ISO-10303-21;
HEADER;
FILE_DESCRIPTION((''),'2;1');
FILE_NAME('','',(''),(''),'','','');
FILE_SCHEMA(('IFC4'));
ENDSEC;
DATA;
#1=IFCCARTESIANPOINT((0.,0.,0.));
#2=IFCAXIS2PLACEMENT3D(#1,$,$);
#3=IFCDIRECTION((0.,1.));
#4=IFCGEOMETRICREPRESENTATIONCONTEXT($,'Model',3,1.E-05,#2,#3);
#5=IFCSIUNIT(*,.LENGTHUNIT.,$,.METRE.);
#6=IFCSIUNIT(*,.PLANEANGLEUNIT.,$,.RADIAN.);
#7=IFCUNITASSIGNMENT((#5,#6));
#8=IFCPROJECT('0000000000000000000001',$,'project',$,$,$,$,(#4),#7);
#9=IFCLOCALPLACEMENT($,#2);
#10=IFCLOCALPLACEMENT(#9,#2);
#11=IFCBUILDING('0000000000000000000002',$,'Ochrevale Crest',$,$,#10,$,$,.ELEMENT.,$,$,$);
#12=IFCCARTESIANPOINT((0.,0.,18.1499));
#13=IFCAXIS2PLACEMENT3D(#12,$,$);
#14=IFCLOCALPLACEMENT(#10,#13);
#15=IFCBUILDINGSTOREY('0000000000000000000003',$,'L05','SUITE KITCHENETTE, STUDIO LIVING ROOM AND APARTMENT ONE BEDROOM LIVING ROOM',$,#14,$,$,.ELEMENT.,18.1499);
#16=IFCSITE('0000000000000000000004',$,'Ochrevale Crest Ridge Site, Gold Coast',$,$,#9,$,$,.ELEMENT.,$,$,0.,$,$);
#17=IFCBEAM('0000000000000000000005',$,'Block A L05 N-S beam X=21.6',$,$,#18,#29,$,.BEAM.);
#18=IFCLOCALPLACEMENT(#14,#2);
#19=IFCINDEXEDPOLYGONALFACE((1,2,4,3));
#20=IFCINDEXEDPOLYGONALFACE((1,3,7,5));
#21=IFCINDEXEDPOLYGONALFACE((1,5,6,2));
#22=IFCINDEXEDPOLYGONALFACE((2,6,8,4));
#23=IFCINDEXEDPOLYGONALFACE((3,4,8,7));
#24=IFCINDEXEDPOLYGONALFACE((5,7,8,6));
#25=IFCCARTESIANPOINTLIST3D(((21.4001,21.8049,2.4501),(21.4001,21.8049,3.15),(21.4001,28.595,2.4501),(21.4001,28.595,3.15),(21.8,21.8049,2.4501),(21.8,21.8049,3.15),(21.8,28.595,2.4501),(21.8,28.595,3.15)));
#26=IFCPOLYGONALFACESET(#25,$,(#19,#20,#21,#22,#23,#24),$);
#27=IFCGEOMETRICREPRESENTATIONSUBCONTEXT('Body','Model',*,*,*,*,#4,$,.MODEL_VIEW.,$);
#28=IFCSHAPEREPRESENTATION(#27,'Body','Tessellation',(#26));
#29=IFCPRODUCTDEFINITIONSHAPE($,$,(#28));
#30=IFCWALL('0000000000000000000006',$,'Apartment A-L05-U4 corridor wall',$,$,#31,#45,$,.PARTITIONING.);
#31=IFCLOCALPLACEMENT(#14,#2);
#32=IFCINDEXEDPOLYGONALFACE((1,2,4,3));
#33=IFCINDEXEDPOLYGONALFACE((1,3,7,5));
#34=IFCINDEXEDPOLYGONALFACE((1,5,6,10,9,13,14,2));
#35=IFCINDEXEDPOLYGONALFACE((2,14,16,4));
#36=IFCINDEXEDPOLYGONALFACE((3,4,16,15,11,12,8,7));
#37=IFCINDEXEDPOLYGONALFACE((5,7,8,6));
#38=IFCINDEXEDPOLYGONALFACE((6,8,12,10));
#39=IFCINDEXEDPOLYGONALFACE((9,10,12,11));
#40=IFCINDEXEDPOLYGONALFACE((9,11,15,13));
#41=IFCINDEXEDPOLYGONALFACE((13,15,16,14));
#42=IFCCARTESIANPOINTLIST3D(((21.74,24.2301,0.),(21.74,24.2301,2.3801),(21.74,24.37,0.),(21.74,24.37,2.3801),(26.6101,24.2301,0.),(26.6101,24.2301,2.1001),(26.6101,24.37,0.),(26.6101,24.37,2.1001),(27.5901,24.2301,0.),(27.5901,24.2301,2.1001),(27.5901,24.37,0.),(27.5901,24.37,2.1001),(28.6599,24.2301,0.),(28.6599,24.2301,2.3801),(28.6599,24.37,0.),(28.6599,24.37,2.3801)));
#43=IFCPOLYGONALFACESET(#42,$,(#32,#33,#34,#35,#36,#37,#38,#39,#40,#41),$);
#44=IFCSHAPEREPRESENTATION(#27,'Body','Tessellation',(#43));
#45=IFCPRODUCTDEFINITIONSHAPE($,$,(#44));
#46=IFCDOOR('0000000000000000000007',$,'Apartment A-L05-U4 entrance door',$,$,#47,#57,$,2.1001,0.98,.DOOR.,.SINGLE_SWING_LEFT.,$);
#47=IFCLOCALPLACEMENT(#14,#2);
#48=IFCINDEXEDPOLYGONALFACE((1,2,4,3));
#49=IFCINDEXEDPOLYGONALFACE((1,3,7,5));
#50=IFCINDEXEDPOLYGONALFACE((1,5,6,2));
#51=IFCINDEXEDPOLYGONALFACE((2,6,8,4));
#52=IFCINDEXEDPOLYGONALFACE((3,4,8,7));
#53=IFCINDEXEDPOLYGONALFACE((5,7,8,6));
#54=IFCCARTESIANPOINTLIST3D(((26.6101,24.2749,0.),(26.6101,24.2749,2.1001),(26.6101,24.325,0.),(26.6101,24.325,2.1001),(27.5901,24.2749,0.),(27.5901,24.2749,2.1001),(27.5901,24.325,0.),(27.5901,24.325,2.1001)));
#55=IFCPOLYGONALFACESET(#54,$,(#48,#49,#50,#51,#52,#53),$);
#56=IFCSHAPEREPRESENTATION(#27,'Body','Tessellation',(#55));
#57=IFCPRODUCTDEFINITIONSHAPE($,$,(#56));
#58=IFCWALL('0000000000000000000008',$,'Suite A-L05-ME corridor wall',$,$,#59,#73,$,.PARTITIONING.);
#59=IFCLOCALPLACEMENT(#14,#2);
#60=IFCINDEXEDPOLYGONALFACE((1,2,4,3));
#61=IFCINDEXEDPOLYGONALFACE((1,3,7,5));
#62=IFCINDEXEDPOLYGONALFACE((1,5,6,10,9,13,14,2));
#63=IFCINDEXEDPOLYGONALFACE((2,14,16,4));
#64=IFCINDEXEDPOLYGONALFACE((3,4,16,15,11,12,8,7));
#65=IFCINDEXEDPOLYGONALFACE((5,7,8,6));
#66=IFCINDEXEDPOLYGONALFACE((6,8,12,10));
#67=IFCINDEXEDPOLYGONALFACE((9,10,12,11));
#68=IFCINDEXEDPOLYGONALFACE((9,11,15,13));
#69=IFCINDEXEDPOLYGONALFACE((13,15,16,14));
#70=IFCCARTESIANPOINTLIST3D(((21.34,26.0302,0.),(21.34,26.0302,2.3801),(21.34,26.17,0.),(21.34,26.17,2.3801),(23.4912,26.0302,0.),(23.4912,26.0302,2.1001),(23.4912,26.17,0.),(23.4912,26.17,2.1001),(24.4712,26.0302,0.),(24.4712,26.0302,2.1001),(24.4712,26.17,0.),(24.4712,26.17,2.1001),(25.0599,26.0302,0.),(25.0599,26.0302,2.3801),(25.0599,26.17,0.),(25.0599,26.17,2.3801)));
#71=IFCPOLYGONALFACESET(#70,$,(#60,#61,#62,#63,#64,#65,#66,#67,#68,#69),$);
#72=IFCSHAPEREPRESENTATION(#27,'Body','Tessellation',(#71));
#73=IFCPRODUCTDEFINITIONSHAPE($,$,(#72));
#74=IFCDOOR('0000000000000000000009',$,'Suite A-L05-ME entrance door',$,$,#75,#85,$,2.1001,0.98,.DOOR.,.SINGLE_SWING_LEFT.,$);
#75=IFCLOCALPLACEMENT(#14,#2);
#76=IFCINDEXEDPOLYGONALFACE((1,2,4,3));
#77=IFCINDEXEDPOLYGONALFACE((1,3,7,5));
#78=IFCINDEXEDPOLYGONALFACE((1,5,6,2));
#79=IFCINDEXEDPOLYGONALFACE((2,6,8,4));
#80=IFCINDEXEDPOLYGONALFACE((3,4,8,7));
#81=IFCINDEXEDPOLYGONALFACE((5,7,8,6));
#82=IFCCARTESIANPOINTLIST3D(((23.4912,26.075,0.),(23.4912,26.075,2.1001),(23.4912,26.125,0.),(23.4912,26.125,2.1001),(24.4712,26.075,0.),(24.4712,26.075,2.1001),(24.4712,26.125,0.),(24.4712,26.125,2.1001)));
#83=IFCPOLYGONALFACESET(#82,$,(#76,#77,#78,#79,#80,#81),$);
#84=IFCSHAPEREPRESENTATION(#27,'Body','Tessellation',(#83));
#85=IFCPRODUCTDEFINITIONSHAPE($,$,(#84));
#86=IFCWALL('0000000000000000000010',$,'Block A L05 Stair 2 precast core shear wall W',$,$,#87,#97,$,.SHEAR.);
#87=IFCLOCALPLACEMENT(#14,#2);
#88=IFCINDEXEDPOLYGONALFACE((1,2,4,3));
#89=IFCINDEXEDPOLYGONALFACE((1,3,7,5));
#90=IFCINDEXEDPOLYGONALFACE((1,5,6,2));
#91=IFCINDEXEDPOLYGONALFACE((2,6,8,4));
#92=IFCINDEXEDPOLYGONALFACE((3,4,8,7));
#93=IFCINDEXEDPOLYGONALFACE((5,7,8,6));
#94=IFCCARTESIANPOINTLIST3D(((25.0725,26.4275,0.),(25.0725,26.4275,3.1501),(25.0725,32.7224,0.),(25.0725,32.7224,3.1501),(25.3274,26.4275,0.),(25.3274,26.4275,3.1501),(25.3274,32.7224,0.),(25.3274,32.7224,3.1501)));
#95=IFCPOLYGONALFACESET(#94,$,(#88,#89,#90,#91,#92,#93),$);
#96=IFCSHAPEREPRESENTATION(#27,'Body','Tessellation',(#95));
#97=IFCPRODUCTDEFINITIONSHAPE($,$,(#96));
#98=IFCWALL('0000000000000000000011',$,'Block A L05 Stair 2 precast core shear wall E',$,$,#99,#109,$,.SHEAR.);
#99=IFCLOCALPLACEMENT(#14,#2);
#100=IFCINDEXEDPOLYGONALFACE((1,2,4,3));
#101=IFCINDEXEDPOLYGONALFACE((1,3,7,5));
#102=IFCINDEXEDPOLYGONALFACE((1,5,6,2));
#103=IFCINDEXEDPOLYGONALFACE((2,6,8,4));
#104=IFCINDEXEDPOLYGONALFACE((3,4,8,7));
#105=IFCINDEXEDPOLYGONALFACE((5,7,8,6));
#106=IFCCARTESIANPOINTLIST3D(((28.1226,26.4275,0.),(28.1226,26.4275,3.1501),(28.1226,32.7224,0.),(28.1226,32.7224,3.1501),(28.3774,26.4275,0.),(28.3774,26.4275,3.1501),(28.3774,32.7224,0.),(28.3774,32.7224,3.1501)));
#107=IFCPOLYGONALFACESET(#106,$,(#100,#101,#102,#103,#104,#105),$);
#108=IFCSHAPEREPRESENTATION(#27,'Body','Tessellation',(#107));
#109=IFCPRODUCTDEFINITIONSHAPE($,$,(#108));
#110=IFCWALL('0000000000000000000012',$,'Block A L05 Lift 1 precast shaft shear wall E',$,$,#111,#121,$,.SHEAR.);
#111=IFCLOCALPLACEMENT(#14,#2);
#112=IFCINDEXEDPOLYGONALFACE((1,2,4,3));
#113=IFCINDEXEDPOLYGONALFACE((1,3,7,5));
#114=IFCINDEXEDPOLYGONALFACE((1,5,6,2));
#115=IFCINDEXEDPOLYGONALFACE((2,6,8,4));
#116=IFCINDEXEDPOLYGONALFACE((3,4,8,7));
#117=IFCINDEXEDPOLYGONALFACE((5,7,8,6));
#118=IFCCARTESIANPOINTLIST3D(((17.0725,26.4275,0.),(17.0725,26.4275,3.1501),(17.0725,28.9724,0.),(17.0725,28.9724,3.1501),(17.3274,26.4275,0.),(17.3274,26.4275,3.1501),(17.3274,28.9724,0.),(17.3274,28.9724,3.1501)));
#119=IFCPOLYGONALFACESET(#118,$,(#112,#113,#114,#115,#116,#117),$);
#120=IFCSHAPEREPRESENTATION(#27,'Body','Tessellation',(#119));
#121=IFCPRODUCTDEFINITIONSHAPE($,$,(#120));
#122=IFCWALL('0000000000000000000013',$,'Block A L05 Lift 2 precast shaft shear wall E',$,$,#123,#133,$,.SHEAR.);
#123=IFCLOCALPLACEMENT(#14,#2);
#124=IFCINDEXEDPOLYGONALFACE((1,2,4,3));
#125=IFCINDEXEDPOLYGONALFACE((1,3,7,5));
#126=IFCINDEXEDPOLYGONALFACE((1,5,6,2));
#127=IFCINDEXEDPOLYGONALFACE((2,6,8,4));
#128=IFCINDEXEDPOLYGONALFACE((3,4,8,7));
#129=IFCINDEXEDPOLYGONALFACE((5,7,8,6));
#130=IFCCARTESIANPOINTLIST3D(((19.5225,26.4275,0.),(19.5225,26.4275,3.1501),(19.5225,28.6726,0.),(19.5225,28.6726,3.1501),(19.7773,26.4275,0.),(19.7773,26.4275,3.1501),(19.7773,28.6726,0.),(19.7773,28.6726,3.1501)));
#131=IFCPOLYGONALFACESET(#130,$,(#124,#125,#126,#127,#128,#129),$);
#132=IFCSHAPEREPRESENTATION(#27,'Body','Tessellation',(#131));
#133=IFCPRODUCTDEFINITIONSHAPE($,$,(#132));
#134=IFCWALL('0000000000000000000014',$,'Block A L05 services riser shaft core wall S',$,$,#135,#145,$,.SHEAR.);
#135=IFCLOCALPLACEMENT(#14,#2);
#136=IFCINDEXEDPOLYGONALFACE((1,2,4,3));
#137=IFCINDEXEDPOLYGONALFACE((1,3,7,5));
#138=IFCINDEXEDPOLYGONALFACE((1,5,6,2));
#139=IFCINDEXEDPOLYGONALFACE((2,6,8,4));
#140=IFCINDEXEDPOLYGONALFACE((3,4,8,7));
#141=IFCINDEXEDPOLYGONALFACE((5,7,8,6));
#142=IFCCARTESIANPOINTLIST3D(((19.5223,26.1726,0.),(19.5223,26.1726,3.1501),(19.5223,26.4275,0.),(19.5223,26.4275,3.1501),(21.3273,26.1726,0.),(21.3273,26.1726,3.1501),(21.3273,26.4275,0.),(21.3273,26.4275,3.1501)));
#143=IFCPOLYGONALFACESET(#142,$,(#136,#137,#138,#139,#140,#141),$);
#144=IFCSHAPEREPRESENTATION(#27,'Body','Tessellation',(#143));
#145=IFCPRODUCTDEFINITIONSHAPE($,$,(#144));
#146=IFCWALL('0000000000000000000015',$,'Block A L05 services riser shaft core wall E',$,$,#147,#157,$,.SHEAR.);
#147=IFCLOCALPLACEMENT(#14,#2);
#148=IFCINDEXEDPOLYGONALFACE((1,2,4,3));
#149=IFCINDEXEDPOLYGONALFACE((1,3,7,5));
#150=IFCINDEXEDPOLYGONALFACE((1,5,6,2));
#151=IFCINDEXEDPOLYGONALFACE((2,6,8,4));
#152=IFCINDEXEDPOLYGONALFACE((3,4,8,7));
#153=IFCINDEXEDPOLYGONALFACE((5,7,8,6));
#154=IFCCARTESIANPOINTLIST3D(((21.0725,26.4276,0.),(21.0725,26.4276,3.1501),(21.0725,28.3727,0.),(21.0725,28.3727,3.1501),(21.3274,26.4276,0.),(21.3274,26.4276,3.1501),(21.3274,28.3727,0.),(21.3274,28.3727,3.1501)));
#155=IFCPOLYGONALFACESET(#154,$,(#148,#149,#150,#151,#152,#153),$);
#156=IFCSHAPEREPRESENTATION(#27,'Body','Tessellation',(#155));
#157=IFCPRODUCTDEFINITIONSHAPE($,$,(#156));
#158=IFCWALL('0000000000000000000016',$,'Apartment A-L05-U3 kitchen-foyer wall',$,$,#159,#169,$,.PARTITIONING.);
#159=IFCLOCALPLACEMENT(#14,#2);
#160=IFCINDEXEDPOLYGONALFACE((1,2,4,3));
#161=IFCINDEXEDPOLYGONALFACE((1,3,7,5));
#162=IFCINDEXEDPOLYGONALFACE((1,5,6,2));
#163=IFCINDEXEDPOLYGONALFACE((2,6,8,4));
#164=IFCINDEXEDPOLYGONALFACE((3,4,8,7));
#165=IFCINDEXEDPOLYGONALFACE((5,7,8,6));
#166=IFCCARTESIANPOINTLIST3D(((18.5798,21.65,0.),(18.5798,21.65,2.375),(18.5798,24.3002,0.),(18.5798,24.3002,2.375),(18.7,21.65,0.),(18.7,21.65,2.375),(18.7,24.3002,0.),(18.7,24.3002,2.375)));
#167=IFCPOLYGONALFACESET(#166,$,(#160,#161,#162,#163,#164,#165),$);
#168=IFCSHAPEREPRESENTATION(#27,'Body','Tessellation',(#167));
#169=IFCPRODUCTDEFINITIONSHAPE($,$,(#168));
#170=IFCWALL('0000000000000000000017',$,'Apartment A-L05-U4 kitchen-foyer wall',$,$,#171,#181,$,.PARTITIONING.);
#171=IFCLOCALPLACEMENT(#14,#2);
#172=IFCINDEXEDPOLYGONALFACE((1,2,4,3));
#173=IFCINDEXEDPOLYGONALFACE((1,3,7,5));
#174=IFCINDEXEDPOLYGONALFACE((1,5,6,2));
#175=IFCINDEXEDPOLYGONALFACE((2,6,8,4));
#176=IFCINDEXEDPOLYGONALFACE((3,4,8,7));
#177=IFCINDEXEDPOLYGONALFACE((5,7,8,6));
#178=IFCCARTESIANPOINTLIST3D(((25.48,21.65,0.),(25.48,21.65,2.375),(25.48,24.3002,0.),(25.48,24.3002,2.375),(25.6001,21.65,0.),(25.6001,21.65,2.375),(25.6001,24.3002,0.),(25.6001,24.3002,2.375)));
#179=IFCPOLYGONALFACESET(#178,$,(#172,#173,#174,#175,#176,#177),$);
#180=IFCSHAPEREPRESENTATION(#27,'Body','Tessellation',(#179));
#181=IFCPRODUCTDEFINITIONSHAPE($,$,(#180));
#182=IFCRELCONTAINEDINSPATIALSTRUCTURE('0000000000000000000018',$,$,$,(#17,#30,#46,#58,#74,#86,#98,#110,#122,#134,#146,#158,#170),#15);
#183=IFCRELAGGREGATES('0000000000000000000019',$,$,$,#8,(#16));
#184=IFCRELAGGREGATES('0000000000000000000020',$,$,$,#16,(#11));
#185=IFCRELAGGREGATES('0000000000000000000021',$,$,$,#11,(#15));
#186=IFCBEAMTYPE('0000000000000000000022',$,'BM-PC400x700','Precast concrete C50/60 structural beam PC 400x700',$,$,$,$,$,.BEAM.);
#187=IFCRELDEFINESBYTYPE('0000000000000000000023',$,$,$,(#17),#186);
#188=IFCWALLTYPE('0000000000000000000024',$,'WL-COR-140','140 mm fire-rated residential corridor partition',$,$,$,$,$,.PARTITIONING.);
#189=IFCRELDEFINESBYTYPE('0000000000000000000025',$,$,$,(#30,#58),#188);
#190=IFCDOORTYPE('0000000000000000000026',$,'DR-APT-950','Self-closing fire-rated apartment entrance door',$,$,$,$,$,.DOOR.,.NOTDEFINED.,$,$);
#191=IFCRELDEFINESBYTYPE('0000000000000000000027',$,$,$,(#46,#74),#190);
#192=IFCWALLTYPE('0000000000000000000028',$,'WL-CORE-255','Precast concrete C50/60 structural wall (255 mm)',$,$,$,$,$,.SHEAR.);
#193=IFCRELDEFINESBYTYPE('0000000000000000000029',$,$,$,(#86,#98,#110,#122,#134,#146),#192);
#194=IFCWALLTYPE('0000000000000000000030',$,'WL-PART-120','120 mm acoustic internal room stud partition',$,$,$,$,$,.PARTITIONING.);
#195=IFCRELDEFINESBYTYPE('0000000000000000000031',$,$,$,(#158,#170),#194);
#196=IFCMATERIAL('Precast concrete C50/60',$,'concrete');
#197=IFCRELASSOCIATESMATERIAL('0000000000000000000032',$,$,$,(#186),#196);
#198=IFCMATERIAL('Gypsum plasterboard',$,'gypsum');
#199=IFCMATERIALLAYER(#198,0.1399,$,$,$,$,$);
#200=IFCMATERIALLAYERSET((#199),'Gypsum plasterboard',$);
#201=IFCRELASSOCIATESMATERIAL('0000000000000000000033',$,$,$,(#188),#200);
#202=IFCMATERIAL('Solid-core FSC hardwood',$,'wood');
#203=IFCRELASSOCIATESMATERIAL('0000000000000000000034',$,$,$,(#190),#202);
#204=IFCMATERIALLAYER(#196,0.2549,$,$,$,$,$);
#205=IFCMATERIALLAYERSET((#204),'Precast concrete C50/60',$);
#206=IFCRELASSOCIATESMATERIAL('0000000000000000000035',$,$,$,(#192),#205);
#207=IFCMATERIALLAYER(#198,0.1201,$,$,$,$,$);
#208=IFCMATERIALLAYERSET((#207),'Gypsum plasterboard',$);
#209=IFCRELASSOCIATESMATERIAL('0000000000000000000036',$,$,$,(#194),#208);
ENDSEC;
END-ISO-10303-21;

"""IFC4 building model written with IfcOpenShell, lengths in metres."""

from ifc_helpers import new_model, si_unit, direction, frame, frame_2d, origin, origin_2d, place, context, subcontext, project, spatial, rectangle, extrude, material, layer, layer_set, material_profile, profile_set, type_object, element, fill, save


model = new_model("IFC4")

# Units and contexts
model_context = context("Model", 3, precision=1e-05, world=origin(), true_north=direction((0.0, 1.0)))
body_context = subcontext(model_context, "Body", "Model", "MODEL_VIEW")
ifc_project = project(units=[si_unit("LENGTHUNIT", "METRE"), si_unit("PLANEANGLEUNIT", "RADIAN")], contexts=[model_context])

# Site, building, storey
site_placement = place(None, origin())
site = spatial("IfcSite", under=ifc_project, at=site_placement, Name="Ochrevale Crest Ridge Site, Gold Coast", CompositionType="ELEMENT", RefElevation=0.0)
building_placement = place(site_placement, origin())
building = spatial("IfcBuilding", under=site, at=building_placement, Name="Ochrevale Crest", CompositionType="ELEMENT")
storey_placement = place(building_placement, frame((0.0, 0.0, 18.1499)))
storey = spatial("IfcBuildingStorey", under=building, at=storey_placement, Name="L05", Description="SUITE KITCHENETTE, STUDIO LIVING ROOM AND APARTMENT ONE BEDROOM LIVING ROOM", CompositionType="ELEMENT", Elevation=18.1499)

# Beam
ifc_material_1 = material(Name="Precast concrete C50/60", Category="concrete")
ifc_material_profile = material_profile(ifc_material_1, rectangle(XDim=0.3999, YDim=0.7, at=origin_2d()), Name="PC 400x700")
ifc_profile_set = profile_set([ifc_material_profile], Name="Precast concrete C50/60")
beam_type = type_object("IfcBeamType", Name="BM-PC400x700", Description="Precast concrete C50/60 structural beam PC 400x700", PredefinedType="BEAM", material=ifc_profile_set)
beam_placement = place(storey_placement, frame((21.6001, 21.8049, 2.8), z_axis=(0.0, 1.0, 0.0), x_axis=(-1.0, 0.0, 0.0)))
element("IfcBeam", 1, at=beam_placement, inside=storey, type_object=beam_type, Name="Block A L05 N-S beam X=21.6", PredefinedType="BEAM", context=body_context, shape_type="SweptSolid", body=[
    extrude(rectangle(XDim=0.3999, YDim=0.7, at=origin_2d()), origin(), (0.0, 0.0, 1.0), 6.79),
])

# Walls, openings, doors
ifc_material_2 = material(Name="Gypsum plasterboard", Category="gypsum")
ifc_layer_1 = layer(ifc_material_2, 0.1399)
ifc_layer_set_1 = layer_set([ifc_layer_1], Name="Gypsum plasterboard")
wall_type_1 = type_object("IfcWallType", Name="WL-COR-140", Description="140 mm fire-rated residential corridor partition", PredefinedType="PARTITIONING", material=ifc_layer_set_1)
wall_1_placement = place(storey_placement, frame((21.74, 24.3, 0.0), z_axis=(0.0, 0.0, 1.0), x_axis=(1.0, 0.0, 0.0)))
wall_1 = element("IfcWall", 2, at=wall_1_placement, inside=storey, type_object=wall_type_1, Name="Apartment A-L05-U4 corridor wall", PredefinedType="PARTITIONING", context=body_context, shape_type="SweptSolid", body=[
    extrude(rectangle(XDim=6.9199, YDim=0.1399, at=frame_2d((3.46, 0.0))), origin(), (0.0, 0.0, 1.0), 2.3801),
])
opening_1_placement = place(wall_1_placement, frame((4.8701, 0.0, 0.0)))
opening_1 = element("IfcOpeningElement", 3, at=opening_1_placement, cuts=wall_1, PredefinedType="OPENING", context=body_context, shape_type="SweptSolid", body=[
    extrude(rectangle(XDim=0.98, YDim=2.1001, at=frame_2d((0.49, 1.05))), frame((0.0, 0.0801, 0.0), z_axis=(0.0, -1.0, 0.0), x_axis=(1.0, 0.0, 0.0)), (0.0, 0.0, 1.0), 0.1599),
])
ifc_material_3 = material(Name="Solid-core FSC hardwood", Category="wood")
door_type_1 = type_object("IfcDoorType", Name="DR-APT-950", Description="Self-closing fire-rated apartment entrance door", OperationType="NOTDEFINED", PredefinedType="DOOR", material=ifc_material_3)
door_1_placement = place(opening_1_placement, origin())
door_1 = element("IfcDoor", 4, at=door_1_placement, inside=storey, type_object=door_type_1, Name="Apartment A-L05-U4 entrance door", OperationType="SINGLE_SWING_LEFT", OverallHeight=2.1001, OverallWidth=0.98, PredefinedType="DOOR", context=body_context, shape_type="SweptSolid", body=[
    extrude(rectangle(XDim=0.98, YDim=2.1001, at=frame_2d((0.49, 1.05))), frame((0.0, 0.0249, 0.0), z_axis=(0.0, -1.0, 0.0), x_axis=(1.0, 0.0, 0.0)), (0.0, 0.0, 1.0), 0.05),
])
fill(opening_1, door_1)
wall_2_placement = place(storey_placement, frame((21.3401, 26.1001, 0.0), z_axis=(0.0, 0.0, 1.0), x_axis=(1.0, 0.0, 0.0)))
wall_2 = element("IfcWall", 5, at=wall_2_placement, inside=storey, type_object=wall_type_1, Name="Suite A-L05-ME corridor wall", PredefinedType="PARTITIONING", context=body_context, shape_type="SweptSolid", body=[
    extrude(rectangle(XDim=3.72, YDim=0.1399, at=frame_2d((1.8599, 0.0))), origin(), (0.0, 0.0, 1.0), 2.3801),
])
opening_2_placement = place(wall_2_placement, frame((2.1511, 0.0, 0.0)))
opening_2 = element("IfcOpeningElement", 6, at=opening_2_placement, cuts=wall_2, PredefinedType="OPENING", context=body_context, shape_type="SweptSolid", body=[
    extrude(rectangle(XDim=0.98, YDim=2.1001, at=frame_2d((0.49, 1.05))), frame((0.0, 0.0801, 0.0), z_axis=(0.0, -1.0, 0.0), x_axis=(1.0, 0.0, 0.0)), (0.0, 0.0, 1.0), 0.1599),
])
door_2_placement = place(opening_2_placement, origin())
door_2 = element("IfcDoor", 7, at=door_2_placement, inside=storey, type_object=door_type_1, Name="Suite A-L05-ME entrance door", OperationType="SINGLE_SWING_LEFT", OverallHeight=2.1001, OverallWidth=0.98, PredefinedType="DOOR", context=body_context, shape_type="SweptSolid", body=[
    extrude(rectangle(XDim=0.98, YDim=2.1001, at=frame_2d((0.49, 1.05))), frame((0.0, 0.0249, 0.0), z_axis=(0.0, -1.0, 0.0), x_axis=(1.0, 0.0, 0.0)), (0.0, 0.0, 1.0), 0.05),
])
fill(opening_2, door_2)
ifc_layer_2 = layer(ifc_material_1, 0.2549)
ifc_layer_set_2 = layer_set([ifc_layer_2], Name="Precast concrete C50/60")
wall_type_2 = type_object("IfcWallType", Name="WL-CORE-255", Description="Precast concrete C50/60 structural wall (255 mm)", PredefinedType="SHEAR", material=ifc_layer_set_2)

# Walls
for number, where, z_axis, x_axis, name in (
    (8, (25.2, 26.4275, 0.0), (0.0, 0.0, 1.0), (0.0, 1.0, 0.0), "Block A L05 Stair 2 precast core shear wall W"),
    (9, (28.25, 26.4275, 0.0), (0.0, 0.0, 1.0), (0.0, 1.0, 0.0), "Block A L05 Stair 2 precast core shear wall E"),
):
    element("IfcWall", number, at=place(storey_placement, frame(where, z_axis=z_axis, x_axis=x_axis)), inside=storey, type_object=wall_type_2, Name=name, PredefinedType="SHEAR", context=body_context, shape_type="SweptSolid", body=[
        extrude(rectangle(XDim=6.2949, YDim=0.2549, at=frame_2d((3.1475, 0.0))), origin(), (0.0, 0.0, 1.0), 3.1501),
    ])
wall_3_placement = place(storey_placement, frame((17.2, 26.4275, 0.0), z_axis=(0.0, 0.0, 1.0), x_axis=(0.0, 1.0, 0.0)))
element("IfcWall", 10, at=wall_3_placement, inside=storey, type_object=wall_type_2, Name="Block A L05 Lift 1 precast shaft shear wall E", PredefinedType="SHEAR", context=body_context, shape_type="SweptSolid", body=[
    extrude(rectangle(XDim=2.5449, YDim=0.2549, at=frame_2d((1.2725, 0.0))), origin(), (0.0, 0.0, 1.0), 3.1501),
])

# Walls
wall_4_placement = place(storey_placement, frame((19.6499, 26.4275, 0.0), z_axis=(0.0, 0.0, 1.0), x_axis=(0.0, 1.0, 0.0)))
element("IfcWall", 11, at=wall_4_placement, inside=storey, type_object=wall_type_2, Name="Block A L05 Lift 2 precast shaft shear wall E", PredefinedType="SHEAR", context=body_context, shape_type="SweptSolid", body=[
    extrude(rectangle(XDim=2.2451, YDim=0.2549, at=frame_2d((1.1226, 0.0))), origin(), (0.0, 0.0, 1.0), 3.1501),
])
wall_5_placement = place(storey_placement, frame((19.5225, 26.3, 0.0), z_axis=(0.0, 0.0, 1.0), x_axis=(1.0, 0.0, 0.0)))
element("IfcWall", 12, at=wall_5_placement, inside=storey, type_object=wall_type_2, Name="Block A L05 services riser shaft core wall S", PredefinedType="SHEAR", context=body_context, shape_type="SweptSolid", body=[
    extrude(rectangle(XDim=1.8049, YDim=0.2549, at=frame_2d((0.9023, 0.0))), origin(), (0.0, 0.0, 1.0), 3.1501),
])
wall_6_placement = place(storey_placement, frame((21.2, 26.4275, 0.0), z_axis=(0.0, 0.0, 1.0), x_axis=(0.0, 1.0, 0.0)))
element("IfcWall", 13, at=wall_6_placement, inside=storey, type_object=wall_type_2, Name="Block A L05 services riser shaft core wall E", PredefinedType="SHEAR", context=body_context, shape_type="SweptSolid", body=[
    extrude(rectangle(XDim=1.9451, YDim=0.2549, at=frame_2d((0.9727, 0.0))), origin(), (0.0, 0.0, 1.0), 3.1501),
])
ifc_layer_3 = layer(ifc_material_2, 0.1201)
ifc_layer_set_3 = layer_set([ifc_layer_3], Name="Gypsum plasterboard")
wall_type_3 = type_object("IfcWallType", Name="WL-PART-120", Description="120 mm acoustic internal room stud partition", PredefinedType="PARTITIONING", material=ifc_layer_set_3)
for number, where, z_axis, x_axis, name in (
    (14, (18.6399, 21.6499, 0.0), (0.0, 0.0, 1.0), (0.0, 1.0, 0.0), "Apartment A-L05-U3 kitchen-foyer wall"),
    (15, (25.54, 21.6499, 0.0), (0.0, 0.0, 1.0), (0.0, 1.0, 0.0), "Apartment A-L05-U4 kitchen-foyer wall"),
):
    element("IfcWall", number, at=place(storey_placement, frame(where, z_axis=z_axis, x_axis=x_axis)), inside=storey, type_object=wall_type_3, Name=name, PredefinedType="PARTITIONING", context=body_context, shape_type="SweptSolid", body=[
        extrude(rectangle(XDim=2.6501, YDim=0.1201, at=frame_2d((1.3252, 0.0))), origin(), (0.0, 0.0, 1.0), 2.375),
    ])

save(model, "model.ifc")
